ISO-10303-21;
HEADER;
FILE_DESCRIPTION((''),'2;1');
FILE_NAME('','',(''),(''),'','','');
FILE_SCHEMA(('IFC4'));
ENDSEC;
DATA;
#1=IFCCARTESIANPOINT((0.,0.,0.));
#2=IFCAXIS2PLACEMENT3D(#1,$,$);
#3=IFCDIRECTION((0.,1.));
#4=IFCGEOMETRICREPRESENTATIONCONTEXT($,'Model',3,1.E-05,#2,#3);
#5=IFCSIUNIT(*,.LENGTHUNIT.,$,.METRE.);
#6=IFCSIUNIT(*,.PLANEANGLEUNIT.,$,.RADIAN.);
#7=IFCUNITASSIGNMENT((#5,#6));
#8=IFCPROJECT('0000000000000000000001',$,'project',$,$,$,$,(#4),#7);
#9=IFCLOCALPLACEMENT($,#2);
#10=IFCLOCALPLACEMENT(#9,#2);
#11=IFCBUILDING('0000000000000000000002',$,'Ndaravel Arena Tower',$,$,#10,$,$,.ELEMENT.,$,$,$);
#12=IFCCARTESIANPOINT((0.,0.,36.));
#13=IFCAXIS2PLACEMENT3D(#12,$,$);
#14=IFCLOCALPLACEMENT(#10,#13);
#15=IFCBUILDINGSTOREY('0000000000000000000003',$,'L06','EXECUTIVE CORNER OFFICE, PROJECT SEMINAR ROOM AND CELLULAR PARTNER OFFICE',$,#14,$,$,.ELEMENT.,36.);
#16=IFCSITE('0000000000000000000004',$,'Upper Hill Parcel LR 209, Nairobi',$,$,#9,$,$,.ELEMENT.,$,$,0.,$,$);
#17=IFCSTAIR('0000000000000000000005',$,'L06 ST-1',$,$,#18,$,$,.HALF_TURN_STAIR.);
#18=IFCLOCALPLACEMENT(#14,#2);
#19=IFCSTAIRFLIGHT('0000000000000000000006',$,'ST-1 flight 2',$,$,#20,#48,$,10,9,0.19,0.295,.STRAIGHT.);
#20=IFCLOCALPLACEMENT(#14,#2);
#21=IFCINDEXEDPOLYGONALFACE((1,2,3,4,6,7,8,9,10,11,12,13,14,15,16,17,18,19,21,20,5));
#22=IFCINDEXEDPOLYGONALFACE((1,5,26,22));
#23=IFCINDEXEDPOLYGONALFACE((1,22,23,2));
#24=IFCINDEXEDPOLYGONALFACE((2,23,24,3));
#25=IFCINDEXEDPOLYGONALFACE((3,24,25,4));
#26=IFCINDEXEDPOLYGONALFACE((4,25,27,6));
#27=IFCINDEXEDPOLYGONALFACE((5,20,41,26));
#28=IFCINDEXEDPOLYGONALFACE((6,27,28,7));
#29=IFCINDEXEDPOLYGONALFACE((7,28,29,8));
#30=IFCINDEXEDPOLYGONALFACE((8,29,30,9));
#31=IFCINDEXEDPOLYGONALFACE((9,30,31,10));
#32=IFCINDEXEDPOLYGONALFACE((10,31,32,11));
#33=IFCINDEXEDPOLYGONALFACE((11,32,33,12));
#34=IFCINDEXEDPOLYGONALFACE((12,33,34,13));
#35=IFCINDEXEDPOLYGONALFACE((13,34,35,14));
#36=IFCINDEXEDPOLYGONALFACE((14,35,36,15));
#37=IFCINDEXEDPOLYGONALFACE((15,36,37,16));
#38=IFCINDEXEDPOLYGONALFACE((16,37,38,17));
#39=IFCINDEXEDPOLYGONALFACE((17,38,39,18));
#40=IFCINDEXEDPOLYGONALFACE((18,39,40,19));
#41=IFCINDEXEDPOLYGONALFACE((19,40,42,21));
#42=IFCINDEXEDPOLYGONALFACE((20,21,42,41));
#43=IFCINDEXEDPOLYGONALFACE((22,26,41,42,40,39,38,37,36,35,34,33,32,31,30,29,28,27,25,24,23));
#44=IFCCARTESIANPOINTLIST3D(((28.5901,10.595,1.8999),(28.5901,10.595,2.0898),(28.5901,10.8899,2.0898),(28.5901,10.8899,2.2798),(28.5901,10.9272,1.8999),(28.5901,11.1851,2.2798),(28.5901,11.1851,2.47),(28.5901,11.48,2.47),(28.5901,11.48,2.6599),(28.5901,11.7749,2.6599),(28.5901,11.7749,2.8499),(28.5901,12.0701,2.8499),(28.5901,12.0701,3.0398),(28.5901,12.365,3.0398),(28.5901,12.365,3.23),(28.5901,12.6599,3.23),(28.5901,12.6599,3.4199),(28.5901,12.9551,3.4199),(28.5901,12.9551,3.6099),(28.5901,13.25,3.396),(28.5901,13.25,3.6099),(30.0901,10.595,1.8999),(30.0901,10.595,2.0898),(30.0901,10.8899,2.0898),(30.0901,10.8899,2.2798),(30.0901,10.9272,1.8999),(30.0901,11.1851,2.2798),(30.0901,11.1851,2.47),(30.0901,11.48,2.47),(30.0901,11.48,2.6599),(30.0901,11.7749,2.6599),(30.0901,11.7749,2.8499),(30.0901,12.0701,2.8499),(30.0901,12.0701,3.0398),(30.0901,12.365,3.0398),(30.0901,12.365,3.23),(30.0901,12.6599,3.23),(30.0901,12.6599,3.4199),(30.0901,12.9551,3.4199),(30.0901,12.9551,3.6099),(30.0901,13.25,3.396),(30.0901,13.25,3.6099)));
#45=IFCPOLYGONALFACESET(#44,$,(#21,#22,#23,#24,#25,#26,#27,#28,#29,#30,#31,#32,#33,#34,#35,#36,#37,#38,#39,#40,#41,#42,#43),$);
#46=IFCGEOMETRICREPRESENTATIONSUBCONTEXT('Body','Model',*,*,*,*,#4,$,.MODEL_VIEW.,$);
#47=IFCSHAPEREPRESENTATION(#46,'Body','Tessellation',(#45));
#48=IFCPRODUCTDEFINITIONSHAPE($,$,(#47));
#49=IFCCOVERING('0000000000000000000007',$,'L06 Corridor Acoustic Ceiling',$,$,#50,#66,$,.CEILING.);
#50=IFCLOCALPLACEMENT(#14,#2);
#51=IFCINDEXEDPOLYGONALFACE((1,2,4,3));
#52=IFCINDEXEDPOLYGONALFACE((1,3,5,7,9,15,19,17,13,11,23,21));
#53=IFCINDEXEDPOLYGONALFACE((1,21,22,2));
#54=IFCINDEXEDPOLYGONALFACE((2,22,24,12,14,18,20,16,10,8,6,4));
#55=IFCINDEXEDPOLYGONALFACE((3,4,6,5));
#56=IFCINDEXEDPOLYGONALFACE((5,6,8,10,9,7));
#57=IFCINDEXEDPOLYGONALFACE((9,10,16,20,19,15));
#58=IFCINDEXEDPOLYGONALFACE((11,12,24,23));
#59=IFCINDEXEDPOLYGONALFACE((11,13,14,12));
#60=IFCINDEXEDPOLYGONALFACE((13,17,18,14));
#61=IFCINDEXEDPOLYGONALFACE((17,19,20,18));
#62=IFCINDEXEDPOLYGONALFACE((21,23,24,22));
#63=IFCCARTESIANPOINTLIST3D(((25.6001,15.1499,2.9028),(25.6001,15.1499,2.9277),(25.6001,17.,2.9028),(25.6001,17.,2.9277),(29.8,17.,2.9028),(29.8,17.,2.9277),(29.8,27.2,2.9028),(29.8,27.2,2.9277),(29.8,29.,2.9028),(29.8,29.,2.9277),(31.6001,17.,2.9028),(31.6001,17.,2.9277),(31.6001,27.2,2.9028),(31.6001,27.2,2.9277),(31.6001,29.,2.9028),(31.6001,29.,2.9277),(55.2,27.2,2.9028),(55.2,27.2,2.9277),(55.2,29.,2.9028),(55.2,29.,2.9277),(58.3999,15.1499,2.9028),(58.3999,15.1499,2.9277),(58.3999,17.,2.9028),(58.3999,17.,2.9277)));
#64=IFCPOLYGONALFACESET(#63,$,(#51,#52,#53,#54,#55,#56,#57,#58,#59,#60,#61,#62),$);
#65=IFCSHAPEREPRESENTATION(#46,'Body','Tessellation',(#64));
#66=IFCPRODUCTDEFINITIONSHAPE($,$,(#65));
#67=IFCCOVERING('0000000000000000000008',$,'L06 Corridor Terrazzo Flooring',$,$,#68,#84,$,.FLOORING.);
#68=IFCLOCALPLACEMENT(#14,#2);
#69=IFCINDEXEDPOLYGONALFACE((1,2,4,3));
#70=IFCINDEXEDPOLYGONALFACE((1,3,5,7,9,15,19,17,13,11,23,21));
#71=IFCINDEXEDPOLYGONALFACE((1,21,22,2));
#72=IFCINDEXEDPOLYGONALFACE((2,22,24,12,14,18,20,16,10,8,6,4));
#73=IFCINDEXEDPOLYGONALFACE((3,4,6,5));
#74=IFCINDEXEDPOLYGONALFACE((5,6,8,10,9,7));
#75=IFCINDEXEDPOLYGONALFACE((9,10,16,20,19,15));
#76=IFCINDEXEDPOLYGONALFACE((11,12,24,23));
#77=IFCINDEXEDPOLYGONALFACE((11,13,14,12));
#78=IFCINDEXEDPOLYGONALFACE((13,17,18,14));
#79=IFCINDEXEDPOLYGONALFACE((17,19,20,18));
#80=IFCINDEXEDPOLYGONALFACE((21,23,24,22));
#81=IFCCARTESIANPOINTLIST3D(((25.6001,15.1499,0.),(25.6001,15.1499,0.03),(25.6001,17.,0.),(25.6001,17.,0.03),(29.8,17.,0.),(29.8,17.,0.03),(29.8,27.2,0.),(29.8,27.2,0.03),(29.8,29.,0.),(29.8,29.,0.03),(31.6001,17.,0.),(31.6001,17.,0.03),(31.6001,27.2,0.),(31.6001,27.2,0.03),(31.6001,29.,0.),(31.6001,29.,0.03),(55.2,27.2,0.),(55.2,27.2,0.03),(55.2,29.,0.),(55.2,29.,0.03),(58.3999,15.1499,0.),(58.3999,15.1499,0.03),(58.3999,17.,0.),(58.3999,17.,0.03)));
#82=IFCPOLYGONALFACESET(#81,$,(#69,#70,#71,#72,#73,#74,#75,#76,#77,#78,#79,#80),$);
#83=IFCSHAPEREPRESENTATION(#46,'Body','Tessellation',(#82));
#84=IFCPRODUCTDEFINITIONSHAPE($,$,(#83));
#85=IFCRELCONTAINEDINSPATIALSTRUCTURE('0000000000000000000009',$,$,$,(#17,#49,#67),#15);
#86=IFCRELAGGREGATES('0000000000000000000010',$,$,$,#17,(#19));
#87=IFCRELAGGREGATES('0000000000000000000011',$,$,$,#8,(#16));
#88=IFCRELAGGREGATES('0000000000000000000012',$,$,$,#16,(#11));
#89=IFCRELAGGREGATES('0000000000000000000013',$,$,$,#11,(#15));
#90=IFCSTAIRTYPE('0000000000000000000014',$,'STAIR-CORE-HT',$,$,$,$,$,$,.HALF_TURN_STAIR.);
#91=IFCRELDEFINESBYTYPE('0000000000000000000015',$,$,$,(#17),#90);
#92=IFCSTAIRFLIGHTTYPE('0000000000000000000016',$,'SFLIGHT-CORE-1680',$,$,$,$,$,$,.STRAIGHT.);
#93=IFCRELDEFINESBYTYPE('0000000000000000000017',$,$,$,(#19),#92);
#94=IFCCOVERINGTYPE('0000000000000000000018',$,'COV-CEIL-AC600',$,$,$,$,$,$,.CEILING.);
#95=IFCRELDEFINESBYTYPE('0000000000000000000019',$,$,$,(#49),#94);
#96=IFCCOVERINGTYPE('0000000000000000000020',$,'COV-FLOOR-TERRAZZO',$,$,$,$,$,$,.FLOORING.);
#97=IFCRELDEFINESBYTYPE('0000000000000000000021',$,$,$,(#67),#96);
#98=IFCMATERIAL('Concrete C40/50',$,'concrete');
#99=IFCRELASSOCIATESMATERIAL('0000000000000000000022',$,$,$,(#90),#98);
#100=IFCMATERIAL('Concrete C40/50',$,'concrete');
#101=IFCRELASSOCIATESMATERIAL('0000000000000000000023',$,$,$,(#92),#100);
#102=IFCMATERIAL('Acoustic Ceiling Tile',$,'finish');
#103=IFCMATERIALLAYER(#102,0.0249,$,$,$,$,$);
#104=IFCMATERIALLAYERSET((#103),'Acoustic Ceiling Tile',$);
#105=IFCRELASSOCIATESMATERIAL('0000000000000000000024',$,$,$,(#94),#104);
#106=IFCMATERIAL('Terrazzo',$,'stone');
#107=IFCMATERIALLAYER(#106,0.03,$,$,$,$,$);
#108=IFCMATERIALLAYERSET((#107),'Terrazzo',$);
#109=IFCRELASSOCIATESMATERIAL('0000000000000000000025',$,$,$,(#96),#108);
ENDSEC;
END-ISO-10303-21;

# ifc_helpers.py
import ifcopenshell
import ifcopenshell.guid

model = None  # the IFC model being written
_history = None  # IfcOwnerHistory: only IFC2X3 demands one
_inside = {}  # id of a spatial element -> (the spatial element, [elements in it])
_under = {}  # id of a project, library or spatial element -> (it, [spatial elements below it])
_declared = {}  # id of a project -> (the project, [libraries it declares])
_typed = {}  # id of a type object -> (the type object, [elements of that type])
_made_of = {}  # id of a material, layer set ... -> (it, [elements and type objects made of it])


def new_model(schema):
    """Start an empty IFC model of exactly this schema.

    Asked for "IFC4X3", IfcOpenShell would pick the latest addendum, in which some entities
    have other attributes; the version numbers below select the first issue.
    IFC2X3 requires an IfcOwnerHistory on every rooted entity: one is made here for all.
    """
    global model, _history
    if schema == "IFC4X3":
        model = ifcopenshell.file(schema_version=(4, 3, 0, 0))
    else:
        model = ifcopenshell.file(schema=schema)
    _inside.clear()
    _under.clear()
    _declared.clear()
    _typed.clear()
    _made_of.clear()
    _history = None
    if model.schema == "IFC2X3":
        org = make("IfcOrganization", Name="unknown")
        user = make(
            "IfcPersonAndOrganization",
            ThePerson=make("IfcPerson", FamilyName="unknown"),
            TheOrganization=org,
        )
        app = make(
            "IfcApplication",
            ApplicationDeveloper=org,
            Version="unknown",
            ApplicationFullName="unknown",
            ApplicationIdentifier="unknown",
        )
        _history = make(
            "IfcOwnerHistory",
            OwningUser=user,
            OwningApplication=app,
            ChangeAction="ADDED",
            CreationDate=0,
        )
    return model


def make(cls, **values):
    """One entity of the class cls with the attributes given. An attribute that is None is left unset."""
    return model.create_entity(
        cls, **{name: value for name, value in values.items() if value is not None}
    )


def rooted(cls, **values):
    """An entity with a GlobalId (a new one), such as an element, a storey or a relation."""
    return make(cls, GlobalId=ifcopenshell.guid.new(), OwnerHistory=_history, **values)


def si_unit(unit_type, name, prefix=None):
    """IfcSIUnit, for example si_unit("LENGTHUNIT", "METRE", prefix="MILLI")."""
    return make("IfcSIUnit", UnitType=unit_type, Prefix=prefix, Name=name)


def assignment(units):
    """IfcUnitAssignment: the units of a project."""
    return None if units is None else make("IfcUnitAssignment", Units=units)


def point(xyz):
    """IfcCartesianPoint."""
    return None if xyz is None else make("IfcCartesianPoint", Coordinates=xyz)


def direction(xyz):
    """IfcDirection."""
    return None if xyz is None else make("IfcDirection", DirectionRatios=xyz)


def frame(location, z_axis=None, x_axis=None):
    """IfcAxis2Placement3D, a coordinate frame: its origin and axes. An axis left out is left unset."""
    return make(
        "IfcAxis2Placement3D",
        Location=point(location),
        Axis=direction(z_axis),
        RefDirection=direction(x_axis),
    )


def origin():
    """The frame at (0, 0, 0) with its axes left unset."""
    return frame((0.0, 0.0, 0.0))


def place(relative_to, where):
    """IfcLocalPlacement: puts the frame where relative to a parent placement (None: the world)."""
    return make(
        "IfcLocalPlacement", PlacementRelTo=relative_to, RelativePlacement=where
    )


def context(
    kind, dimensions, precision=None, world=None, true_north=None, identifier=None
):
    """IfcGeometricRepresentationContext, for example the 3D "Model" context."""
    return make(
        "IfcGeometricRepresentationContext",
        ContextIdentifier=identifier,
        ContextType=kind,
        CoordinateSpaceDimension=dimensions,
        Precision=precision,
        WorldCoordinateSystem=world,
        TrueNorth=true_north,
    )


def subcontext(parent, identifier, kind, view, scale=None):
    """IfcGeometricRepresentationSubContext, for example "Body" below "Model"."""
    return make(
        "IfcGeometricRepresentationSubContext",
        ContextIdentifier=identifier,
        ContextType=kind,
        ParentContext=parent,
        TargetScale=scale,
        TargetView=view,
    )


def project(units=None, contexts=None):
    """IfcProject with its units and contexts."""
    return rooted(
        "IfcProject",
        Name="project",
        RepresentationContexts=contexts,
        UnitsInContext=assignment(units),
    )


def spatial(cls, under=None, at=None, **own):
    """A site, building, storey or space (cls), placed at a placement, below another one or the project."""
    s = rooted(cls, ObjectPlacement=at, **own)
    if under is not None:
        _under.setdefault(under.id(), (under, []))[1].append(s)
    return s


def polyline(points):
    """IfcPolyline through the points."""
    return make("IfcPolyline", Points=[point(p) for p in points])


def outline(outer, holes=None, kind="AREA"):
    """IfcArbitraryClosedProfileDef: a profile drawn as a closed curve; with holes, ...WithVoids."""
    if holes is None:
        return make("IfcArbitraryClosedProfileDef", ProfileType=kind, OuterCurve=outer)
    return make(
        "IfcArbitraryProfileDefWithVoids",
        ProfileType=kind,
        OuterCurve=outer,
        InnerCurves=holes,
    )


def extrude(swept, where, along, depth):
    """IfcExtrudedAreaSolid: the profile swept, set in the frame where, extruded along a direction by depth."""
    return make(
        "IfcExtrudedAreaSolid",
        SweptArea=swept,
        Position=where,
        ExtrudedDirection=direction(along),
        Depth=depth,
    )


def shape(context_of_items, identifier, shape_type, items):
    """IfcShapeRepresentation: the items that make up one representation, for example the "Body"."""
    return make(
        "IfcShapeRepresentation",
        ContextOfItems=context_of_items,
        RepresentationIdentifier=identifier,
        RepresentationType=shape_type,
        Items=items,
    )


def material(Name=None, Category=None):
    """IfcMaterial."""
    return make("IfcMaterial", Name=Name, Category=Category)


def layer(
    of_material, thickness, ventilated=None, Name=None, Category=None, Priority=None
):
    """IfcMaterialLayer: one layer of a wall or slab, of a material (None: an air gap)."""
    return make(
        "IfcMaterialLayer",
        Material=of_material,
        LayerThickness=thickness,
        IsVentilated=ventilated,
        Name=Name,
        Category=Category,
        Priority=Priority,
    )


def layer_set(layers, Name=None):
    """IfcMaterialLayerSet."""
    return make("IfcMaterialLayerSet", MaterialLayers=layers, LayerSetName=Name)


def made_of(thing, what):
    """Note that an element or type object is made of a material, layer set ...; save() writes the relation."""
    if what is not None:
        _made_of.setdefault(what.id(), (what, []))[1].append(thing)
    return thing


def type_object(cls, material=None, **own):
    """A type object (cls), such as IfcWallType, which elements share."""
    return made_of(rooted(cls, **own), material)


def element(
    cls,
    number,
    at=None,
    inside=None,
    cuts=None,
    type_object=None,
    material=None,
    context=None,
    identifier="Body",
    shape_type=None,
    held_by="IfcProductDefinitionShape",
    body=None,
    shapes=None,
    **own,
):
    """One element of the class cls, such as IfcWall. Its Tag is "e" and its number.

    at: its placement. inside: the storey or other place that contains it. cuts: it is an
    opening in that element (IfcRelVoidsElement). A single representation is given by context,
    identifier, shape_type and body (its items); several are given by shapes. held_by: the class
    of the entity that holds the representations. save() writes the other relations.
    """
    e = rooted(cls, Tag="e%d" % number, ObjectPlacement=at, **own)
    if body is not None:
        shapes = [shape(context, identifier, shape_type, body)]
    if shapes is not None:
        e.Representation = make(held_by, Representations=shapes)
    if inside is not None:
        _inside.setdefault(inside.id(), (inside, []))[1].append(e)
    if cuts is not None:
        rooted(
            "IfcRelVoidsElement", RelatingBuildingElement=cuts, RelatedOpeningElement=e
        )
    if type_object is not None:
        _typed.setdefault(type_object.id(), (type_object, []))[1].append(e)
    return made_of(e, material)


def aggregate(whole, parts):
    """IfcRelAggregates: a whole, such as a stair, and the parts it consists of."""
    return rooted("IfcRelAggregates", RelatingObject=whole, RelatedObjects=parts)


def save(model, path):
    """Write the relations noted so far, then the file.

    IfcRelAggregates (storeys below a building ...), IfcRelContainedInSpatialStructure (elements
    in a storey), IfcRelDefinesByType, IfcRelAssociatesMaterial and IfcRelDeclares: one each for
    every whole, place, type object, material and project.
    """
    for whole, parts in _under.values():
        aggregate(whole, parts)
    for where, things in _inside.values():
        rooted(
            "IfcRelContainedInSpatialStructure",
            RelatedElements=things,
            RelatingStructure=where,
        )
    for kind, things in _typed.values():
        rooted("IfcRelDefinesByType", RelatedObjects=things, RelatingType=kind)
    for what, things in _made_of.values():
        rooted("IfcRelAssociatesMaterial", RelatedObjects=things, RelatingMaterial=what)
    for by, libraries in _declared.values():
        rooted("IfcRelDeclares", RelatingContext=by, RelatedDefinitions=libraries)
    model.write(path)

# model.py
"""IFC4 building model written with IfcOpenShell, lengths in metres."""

from ifc_helpers import new_model, si_unit, direction, frame, origin, place, context, subcontext, project, spatial, polyline, outline, extrude, material, layer, layer_set, type_object, element, aggregate, save


model = new_model("IFC4")

# Units and contexts
model_context = context("Model", 3, precision=1e-05, world=origin(), true_north=direction((0.0, 1.0)))
body_context = subcontext(model_context, "Body", "Model", "MODEL_VIEW")
ifc_project = project(units=[si_unit("LENGTHUNIT", "METRE"), si_unit("PLANEANGLEUNIT", "RADIAN")], contexts=[model_context])

# Site, building, storey
site_placement = place(None, origin())
site = spatial("IfcSite", under=ifc_project, at=site_placement, Name="Upper Hill Parcel LR 209, Nairobi", CompositionType="ELEMENT", RefElevation=0.0)
building_placement = place(site_placement, origin())
building = spatial("IfcBuilding", under=site, at=building_placement, Name="Ndaravel Arena Tower", CompositionType="ELEMENT")
storey_placement = place(building_placement, frame((0.0, 0.0, 36.0)))
storey = spatial("IfcBuildingStorey", under=building, at=storey_placement, Name="L06", Description="EXECUTIVE CORNER OFFICE, PROJECT SEMINAR ROOM AND CELLULAR PARTNER OFFICE", CompositionType="ELEMENT", Elevation=36.0)

# Stair
ifc_material_1 = material(Name="Concrete C40/50", Category="concrete")
stair_type = type_object("IfcStairType", Name="STAIR-CORE-HT", PredefinedType="HALF_TURN_STAIR", material=ifc_material_1)
stair_1_placement = place(storey_placement, origin())
stair_1 = element("IfcStair", 1, at=stair_1_placement, inside=storey, type_object=stair_type, Name="L06 ST-1", PredefinedType="HALF_TURN_STAIR")

# Stair flight
ifc_material_2 = material(Name="Concrete C40/50", Category="concrete")
stair_flight_type = type_object("IfcStairFlightType", Name="SFLIGHT-CORE-1680", PredefinedType="STRAIGHT", material=ifc_material_2)
stair_flight_1_placement = place(storey_placement, frame((29.3401, 10.595, 1.8999), z_axis=(0.0, 0.0, 1.0), x_axis=(0.0, 1.0, 0.0)))
stair_flight_1 = element("IfcStairFlight", 2, at=stair_flight_1_placement, type_object=stair_flight_type, Name="ST-1 flight 2", NumberOfRisers=10, NumberOfTreads=9, PredefinedType="STRAIGHT", RiserHeight=0.19, TreadLength=0.295, context=body_context, shape_type="SweptSolid", body=[
    extrude(outline(polyline([(0.0, 0.0), (0.0, 0.1899), (0.2949, 0.1899), (0.2949, 0.3799), (0.5901, 0.3799), (0.5901, 0.5701), (0.885, 0.5701), (0.885, 0.76), (1.1799, 0.76), (1.1799, 0.95), (1.4751, 0.95), (1.4751, 1.1399), (1.77, 1.1399), (1.77, 1.3301), (2.0649, 1.3301), (2.0649, 1.52), (2.3601, 1.52), (2.3601, 1.71), (2.655, 1.71), (2.655, 1.8999), (2.655, 1.4961), (0.3323, 0.0), (0.0, 0.0)])), frame((0.0, 0.75, 0.0), z_axis=(0.0, -1.0, 0.0), x_axis=(1.0, 0.0, 0.0)), (0.0, 0.0, 1.0), 1.5),
])
aggregate(stair_1, [stair_flight_1])

# Coverings
ifc_material_3 = material(Name="Acoustic Ceiling Tile", Category="finish")
ifc_layer_1 = layer(ifc_material_3, 0.0249)
ifc_layer_set_1 = layer_set([ifc_layer_1], Name="Acoustic Ceiling Tile")
covering_type_1 = type_object("IfcCoveringType", Name="COV-CEIL-AC600", PredefinedType="CEILING", material=ifc_layer_set_1)
covering_1_placement = place(storey_placement, frame((0.0, 0.0, 2.9028)))
element("IfcCovering", 3, at=covering_1_placement, inside=storey, type_object=covering_type_1, Name="L06 Corridor Acoustic Ceiling", PredefinedType="CEILING", context=body_context, shape_type="SweptSolid", body=[
    extrude(outline(polyline([(58.3999, 17.0), (31.6001, 17.0), (31.6001, 27.2), (55.2, 27.2), (55.2, 29.0), (31.6001, 29.0), (29.8, 29.0), (29.8, 27.2), (29.8, 17.0), (25.6001, 17.0), (25.6001, 15.1499), (58.3999, 15.1499), (58.3999, 17.0)])), origin(), (0.0, 0.0, 1.0), 0.0249),
])
ifc_material_4 = material(Name="Terrazzo", Category="stone")
ifc_layer_2 = layer(ifc_material_4, 0.03)
ifc_layer_set_2 = layer_set([ifc_layer_2], Name="Terrazzo")
covering_type_2 = type_object("IfcCoveringType", Name="COV-FLOOR-TERRAZZO", PredefinedType="FLOORING", material=ifc_layer_set_2)
covering_2_placement = place(storey_placement, origin())
element("IfcCovering", 4, at=covering_2_placement, inside=storey, type_object=covering_type_2, Name="L06 Corridor Terrazzo Flooring", PredefinedType="FLOORING", context=body_context, shape_type="SweptSolid", body=[
    extrude(outline(polyline([(58.3999, 17.0), (31.6001, 17.0), (31.6001, 27.2), (55.2, 27.2), (55.2, 29.0), (31.6001, 29.0), (29.8, 29.0), (29.8, 27.2), (29.8, 17.0), (25.6001, 17.0), (25.6001, 15.1499), (58.3999, 15.1499), (58.3999, 17.0)])), origin(), (0.0, 0.0, 1.0), 0.03),
])

save(model, "model.ifc")
